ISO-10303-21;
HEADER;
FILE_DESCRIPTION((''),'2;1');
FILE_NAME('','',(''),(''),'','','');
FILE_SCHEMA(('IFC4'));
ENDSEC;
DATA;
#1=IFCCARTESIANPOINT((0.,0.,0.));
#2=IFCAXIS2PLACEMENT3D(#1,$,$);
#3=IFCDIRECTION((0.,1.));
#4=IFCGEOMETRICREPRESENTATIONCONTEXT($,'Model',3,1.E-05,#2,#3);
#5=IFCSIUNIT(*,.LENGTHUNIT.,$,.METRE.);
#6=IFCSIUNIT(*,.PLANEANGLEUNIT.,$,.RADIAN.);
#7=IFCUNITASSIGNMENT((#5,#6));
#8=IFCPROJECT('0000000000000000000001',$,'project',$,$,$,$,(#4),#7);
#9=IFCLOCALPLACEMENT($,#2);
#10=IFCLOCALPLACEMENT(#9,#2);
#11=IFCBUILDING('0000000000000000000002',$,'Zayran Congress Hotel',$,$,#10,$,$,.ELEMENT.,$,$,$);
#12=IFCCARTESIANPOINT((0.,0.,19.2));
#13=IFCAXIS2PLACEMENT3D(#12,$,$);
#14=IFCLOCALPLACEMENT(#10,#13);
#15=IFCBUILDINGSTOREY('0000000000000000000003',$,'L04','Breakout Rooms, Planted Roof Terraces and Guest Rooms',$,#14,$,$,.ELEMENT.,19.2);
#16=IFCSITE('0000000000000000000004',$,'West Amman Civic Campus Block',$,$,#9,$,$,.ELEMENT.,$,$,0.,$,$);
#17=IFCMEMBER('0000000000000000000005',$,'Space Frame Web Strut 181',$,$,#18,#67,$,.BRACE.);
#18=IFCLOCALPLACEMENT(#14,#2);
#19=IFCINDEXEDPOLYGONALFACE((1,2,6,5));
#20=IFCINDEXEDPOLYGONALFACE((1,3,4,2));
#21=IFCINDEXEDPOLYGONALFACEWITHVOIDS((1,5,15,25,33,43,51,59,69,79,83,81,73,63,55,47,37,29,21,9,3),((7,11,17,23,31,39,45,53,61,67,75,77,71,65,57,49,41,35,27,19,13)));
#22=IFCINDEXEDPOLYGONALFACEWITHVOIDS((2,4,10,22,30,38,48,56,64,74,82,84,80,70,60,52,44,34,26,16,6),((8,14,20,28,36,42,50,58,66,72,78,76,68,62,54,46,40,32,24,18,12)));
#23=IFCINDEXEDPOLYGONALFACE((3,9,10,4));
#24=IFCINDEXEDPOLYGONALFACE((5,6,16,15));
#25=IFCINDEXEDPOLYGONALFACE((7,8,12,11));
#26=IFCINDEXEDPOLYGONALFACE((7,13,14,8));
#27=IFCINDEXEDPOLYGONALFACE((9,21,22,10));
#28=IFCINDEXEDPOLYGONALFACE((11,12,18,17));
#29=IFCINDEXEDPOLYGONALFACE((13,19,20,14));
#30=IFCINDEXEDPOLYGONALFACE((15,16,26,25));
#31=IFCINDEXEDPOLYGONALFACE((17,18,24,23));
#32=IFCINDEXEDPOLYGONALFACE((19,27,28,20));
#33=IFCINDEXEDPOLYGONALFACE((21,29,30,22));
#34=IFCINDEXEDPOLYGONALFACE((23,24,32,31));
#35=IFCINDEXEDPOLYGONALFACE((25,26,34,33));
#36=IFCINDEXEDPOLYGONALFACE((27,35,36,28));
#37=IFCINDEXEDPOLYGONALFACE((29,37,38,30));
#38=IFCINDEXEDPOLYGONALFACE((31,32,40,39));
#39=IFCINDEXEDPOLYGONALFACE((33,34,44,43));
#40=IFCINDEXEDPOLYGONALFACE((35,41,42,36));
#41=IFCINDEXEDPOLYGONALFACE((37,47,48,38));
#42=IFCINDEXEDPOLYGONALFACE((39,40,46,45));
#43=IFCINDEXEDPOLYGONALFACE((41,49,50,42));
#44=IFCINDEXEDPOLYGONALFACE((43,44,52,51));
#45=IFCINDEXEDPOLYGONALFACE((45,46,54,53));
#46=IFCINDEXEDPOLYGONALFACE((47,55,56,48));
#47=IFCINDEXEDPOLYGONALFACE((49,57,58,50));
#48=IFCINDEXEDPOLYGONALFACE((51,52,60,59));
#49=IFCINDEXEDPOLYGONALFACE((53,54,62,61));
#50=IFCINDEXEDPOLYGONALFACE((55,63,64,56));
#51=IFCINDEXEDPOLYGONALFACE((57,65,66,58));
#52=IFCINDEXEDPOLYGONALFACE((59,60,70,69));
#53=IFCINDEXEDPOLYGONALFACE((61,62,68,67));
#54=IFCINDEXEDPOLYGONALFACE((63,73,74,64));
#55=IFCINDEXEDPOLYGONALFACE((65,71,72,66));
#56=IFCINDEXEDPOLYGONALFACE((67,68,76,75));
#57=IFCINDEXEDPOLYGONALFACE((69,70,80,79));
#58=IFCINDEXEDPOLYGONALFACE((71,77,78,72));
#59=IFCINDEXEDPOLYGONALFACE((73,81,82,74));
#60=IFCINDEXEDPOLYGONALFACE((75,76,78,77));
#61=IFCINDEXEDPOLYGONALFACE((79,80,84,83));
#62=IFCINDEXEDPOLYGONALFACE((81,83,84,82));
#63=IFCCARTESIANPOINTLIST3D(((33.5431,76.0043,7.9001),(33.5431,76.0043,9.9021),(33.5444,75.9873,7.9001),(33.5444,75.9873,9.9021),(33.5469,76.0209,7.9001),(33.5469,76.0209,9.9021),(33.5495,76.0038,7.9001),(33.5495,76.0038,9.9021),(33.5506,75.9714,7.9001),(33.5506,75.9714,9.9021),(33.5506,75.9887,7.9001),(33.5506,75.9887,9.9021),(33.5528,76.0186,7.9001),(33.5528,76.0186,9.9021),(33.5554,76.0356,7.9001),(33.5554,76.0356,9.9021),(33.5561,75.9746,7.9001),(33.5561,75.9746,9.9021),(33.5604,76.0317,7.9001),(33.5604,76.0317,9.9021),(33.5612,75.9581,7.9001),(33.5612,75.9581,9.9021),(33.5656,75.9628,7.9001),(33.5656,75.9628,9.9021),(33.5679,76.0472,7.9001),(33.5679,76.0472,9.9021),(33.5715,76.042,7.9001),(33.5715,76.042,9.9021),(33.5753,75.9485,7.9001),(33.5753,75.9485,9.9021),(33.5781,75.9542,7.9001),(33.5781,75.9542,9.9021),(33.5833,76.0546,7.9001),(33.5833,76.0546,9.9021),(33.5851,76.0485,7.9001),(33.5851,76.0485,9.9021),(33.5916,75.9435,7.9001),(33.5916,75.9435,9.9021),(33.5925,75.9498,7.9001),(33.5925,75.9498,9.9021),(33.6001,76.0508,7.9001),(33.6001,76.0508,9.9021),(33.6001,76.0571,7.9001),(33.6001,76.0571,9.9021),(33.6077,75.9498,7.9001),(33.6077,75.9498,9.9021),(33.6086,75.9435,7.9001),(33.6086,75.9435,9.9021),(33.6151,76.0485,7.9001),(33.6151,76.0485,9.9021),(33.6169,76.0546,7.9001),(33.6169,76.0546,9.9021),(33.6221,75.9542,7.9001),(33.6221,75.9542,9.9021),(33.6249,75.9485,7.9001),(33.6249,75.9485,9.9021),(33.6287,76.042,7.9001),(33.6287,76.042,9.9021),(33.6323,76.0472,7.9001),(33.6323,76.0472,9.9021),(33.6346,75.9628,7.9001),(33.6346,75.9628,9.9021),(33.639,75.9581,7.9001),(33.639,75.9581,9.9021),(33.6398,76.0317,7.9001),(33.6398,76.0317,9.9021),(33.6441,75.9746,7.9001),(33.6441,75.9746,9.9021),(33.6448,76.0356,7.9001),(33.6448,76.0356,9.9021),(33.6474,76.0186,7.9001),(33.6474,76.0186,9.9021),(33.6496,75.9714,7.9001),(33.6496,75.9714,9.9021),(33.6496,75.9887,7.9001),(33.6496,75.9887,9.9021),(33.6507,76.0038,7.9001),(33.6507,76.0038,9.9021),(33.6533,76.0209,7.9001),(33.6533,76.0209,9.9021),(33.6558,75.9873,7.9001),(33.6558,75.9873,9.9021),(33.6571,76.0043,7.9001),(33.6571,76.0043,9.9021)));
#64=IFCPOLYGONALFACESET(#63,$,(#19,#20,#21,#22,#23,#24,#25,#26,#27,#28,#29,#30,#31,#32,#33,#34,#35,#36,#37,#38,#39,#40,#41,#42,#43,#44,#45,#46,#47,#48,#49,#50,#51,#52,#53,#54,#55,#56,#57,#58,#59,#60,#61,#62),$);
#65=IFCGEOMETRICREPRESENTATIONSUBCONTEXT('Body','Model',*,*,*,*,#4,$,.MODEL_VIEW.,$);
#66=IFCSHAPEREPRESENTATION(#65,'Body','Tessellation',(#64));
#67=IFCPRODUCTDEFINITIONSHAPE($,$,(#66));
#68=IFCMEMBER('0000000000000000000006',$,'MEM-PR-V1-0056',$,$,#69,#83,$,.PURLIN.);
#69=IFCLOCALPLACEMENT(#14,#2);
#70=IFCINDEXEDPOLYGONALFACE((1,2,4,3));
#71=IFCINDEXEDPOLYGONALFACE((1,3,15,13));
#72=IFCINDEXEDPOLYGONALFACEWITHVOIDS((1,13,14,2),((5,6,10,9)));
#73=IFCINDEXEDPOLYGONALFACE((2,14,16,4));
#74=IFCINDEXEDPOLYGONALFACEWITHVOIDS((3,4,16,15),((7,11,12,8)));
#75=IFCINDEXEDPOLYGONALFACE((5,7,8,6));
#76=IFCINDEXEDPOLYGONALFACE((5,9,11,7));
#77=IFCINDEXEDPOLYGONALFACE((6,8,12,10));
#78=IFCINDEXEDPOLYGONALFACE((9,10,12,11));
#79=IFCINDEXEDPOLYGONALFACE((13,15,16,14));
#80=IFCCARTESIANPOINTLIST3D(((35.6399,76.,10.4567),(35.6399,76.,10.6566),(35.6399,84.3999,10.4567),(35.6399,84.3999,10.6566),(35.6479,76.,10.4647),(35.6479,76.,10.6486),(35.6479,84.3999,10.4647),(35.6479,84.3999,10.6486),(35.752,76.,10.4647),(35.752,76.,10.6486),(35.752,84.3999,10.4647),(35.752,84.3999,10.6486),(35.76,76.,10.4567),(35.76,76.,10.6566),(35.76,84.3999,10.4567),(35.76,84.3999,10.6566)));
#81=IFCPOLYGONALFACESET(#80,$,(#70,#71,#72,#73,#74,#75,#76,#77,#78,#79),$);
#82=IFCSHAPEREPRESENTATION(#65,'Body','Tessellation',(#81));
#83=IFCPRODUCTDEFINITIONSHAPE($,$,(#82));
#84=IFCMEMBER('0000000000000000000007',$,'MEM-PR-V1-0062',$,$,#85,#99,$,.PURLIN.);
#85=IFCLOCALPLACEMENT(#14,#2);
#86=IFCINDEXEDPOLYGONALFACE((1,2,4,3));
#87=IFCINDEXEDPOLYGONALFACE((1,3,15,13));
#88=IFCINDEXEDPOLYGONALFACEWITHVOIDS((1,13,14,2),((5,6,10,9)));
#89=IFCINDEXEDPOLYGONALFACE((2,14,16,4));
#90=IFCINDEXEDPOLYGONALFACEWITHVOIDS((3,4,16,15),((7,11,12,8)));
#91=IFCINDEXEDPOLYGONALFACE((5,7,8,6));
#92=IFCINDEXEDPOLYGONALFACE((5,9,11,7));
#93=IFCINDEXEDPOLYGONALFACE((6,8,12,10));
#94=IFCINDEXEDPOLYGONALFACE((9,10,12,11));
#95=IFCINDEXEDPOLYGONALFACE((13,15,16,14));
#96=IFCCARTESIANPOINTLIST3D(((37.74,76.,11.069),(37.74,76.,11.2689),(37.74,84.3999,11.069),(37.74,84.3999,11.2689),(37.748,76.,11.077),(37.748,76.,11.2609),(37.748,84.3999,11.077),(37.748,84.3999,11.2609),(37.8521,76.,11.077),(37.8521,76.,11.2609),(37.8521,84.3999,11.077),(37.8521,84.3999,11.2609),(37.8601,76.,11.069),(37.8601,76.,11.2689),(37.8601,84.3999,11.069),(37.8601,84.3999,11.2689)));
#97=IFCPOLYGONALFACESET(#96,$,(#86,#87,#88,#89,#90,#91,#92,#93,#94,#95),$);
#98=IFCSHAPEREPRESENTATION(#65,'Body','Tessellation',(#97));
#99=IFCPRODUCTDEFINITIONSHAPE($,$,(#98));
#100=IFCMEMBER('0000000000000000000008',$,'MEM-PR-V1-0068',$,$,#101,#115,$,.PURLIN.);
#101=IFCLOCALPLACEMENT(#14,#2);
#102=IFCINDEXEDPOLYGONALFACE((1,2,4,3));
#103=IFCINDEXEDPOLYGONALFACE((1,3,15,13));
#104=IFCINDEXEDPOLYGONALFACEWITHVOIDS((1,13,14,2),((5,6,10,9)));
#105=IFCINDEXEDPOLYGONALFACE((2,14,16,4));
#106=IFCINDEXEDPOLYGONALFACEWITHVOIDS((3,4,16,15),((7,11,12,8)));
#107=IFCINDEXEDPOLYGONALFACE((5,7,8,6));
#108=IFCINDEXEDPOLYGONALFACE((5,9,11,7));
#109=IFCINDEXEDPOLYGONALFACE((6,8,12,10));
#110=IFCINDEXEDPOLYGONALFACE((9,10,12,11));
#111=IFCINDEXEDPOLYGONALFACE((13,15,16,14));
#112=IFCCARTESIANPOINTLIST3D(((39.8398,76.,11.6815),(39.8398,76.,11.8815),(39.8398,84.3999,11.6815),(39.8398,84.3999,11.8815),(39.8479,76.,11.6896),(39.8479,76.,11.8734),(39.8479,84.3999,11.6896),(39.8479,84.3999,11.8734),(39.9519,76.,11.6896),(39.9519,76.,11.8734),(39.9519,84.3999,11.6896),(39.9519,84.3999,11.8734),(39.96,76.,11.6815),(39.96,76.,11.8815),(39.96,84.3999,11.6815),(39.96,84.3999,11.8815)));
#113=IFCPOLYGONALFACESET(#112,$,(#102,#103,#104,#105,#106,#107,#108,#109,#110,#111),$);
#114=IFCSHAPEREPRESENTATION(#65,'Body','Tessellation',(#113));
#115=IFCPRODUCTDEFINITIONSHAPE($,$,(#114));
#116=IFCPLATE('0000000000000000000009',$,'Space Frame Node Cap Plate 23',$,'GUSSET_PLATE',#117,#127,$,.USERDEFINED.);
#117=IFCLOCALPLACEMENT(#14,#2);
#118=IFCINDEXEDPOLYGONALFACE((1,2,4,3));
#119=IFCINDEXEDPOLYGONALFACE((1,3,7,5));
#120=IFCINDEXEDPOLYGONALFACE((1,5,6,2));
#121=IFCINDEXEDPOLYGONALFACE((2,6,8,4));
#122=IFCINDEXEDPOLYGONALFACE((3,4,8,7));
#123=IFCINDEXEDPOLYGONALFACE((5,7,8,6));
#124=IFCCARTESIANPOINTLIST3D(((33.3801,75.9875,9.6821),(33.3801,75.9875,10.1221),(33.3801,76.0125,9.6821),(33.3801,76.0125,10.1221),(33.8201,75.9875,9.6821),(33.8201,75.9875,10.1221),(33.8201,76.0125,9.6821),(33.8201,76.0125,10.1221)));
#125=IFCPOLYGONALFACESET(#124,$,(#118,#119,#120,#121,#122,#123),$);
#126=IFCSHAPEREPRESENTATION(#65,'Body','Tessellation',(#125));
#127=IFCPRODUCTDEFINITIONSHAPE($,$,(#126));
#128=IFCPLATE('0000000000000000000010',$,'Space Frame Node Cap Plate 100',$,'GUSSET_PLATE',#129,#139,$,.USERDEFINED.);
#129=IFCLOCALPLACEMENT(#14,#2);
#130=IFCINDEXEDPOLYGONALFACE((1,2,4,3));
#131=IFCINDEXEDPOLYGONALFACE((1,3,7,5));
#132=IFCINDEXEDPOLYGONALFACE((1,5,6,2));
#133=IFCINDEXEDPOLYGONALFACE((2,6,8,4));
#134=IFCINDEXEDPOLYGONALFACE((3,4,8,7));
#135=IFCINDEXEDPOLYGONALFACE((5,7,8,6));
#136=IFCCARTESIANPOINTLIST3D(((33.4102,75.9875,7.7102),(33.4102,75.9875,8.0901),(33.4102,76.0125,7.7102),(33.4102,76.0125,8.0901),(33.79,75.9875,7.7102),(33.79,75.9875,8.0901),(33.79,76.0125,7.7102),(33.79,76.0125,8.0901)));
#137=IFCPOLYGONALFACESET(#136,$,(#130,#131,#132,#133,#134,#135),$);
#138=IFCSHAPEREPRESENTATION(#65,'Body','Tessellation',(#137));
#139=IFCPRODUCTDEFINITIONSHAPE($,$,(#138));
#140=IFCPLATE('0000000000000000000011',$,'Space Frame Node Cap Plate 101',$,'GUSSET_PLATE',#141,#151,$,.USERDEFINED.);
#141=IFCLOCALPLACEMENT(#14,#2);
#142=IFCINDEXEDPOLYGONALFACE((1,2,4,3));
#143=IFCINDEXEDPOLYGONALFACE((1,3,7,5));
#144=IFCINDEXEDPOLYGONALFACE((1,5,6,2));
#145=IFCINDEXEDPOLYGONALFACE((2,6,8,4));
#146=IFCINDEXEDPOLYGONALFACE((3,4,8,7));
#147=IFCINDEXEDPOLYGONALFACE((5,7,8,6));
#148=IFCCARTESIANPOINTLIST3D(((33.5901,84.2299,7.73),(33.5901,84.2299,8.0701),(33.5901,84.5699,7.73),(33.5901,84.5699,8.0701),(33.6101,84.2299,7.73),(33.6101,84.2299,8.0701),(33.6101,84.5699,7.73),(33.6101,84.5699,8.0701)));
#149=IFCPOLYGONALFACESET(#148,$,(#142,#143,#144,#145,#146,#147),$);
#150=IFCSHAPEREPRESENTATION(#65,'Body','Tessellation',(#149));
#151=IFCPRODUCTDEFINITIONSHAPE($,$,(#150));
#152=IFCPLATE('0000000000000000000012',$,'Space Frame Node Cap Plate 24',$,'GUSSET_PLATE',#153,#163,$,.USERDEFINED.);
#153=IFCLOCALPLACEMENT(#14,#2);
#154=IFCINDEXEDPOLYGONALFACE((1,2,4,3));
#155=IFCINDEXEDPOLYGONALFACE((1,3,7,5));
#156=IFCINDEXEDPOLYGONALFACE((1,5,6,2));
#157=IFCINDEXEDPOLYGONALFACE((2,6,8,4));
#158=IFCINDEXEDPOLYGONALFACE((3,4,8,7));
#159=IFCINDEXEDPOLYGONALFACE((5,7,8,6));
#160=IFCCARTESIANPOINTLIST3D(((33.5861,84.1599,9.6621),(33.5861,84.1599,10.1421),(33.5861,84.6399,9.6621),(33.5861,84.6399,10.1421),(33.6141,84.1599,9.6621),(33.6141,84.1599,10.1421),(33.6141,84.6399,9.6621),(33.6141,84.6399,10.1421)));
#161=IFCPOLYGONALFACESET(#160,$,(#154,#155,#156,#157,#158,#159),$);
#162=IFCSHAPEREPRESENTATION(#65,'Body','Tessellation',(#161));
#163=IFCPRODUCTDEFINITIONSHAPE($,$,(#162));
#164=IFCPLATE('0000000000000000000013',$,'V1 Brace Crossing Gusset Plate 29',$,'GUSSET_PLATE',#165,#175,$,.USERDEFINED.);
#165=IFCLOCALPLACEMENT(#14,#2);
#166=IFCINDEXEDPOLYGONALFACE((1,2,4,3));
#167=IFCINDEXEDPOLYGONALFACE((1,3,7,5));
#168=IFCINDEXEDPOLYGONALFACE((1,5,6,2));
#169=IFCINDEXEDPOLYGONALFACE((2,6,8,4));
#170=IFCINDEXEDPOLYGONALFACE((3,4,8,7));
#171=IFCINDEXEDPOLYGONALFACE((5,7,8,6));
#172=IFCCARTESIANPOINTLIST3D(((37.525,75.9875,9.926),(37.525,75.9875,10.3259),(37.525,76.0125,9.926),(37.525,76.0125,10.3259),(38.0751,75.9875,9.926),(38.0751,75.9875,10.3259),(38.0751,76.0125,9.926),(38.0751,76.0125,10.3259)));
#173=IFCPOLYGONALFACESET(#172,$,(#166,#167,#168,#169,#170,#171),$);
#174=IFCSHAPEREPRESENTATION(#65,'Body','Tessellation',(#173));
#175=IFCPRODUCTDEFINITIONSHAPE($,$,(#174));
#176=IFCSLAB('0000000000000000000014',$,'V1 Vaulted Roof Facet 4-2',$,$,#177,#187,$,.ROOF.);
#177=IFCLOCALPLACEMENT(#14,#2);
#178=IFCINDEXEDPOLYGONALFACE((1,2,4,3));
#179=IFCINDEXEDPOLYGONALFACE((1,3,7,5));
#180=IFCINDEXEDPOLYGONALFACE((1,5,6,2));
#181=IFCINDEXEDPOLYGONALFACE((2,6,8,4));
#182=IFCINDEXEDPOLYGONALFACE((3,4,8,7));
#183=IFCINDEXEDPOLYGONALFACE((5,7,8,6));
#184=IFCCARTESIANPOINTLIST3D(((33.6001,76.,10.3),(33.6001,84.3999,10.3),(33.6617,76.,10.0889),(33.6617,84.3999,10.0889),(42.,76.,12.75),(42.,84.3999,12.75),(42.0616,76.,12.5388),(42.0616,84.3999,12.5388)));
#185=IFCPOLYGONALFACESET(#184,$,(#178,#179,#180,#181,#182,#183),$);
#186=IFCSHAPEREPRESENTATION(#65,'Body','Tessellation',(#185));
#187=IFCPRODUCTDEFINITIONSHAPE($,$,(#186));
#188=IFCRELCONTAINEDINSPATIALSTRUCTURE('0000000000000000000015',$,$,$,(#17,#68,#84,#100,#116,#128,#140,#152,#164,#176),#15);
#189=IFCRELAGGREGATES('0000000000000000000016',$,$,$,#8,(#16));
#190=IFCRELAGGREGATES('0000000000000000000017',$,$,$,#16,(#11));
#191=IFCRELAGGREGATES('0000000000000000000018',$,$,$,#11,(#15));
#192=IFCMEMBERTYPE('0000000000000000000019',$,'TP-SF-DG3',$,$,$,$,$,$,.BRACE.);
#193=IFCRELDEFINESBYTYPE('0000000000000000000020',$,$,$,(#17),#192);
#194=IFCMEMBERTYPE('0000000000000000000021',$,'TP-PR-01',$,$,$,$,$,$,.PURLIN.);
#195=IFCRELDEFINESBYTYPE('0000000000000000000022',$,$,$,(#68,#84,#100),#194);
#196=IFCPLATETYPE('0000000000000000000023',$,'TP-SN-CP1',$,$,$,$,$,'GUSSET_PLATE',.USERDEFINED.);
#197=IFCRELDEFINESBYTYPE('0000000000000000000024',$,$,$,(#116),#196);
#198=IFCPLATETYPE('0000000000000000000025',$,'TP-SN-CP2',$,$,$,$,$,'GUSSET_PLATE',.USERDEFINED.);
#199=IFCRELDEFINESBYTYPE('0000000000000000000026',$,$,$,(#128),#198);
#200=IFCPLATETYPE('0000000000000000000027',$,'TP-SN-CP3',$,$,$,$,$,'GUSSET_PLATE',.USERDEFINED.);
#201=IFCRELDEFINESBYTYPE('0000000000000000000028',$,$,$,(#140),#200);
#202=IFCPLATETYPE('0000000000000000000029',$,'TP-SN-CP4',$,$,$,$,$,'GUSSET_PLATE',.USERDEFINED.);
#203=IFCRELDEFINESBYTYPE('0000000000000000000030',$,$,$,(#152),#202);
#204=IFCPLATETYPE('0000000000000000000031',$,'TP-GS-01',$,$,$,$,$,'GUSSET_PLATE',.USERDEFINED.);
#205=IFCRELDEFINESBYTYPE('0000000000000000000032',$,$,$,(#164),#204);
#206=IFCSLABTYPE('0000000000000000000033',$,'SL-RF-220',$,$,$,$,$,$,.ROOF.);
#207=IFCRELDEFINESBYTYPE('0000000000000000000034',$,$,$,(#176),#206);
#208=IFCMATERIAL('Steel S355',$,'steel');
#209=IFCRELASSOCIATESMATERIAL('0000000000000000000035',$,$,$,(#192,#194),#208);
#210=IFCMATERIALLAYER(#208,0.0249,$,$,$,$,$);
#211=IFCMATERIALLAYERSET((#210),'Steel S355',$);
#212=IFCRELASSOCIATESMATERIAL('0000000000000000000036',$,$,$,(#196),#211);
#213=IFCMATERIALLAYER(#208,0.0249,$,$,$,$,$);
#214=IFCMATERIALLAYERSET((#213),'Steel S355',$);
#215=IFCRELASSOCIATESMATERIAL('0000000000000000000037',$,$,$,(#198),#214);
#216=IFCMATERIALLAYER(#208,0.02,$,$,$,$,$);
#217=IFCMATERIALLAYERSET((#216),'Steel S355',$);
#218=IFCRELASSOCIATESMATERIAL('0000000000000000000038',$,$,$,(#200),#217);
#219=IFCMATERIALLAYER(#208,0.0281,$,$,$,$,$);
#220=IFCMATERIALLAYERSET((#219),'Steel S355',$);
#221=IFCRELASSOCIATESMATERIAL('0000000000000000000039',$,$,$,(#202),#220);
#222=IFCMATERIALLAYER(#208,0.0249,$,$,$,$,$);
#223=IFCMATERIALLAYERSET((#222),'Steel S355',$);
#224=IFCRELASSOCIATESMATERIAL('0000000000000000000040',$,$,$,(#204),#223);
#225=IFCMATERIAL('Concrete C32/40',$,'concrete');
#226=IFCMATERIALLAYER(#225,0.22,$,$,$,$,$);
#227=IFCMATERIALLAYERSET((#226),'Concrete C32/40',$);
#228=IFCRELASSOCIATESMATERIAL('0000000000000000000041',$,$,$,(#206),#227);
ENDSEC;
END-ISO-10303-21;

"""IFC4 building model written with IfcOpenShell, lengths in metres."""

from ifc_helpers import new_model, si_unit, direction, frame, origin, origin_2d, place, context, subcontext, project, spatial, polyline, rectangle, hollow_rectangle, hollow_circle, outline, extrude, material, layer, layer_set, material_profile, profile_set, type_object, element, save


model = new_model("IFC4")

# Units and contexts
model_context = context("Model", 3, precision=1e-05, world=origin(), true_north=direction((0.0, 1.0)))
body_context = subcontext(model_context, "Body", "Model", "MODEL_VIEW")
ifc_project = project(units=[si_unit("LENGTHUNIT", "METRE"), si_unit("PLANEANGLEUNIT", "RADIAN")], contexts=[model_context])

# Site, building, storey
site_placement = place(None, origin())
site = spatial("IfcSite", under=ifc_project, at=site_placement, Name="West Amman Civic Campus Block", CompositionType="ELEMENT", RefElevation=0.0)
building_placement = place(site_placement, origin())
building = spatial("IfcBuilding", under=site, at=building_placement, Name="Zayran Congress Hotel", CompositionType="ELEMENT")
storey_placement = place(building_placement, frame((0.0, 0.0, 19.2)))
storey = spatial("IfcBuildingStorey", under=building, at=storey_placement, Name="L04", Description="Breakout Rooms, Planted Roof Terraces and Guest Rooms", CompositionType="ELEMENT", Elevation=19.2)

# Members
ifc_material_1 = material(Name="Steel S355", Category="steel")
ifc_material_profile_1 = material_profile(ifc_material_1, hollow_circle(Radius=0.0571, WallThickness=0.0063, at=origin_2d()), Name="CHS 114.3x6.3")
ifc_profile_set_1 = profile_set([ifc_material_profile_1], Name="Steel S355")
member_type_1 = type_object("IfcMemberType", Name="TP-SF-DG3", PredefinedType="BRACE", material=ifc_profile_set_1)
member_1_placement = place(storey_placement, frame((33.6001, 76.0, 7.9001), z_axis=(0.0, 0.0, 1.0), x_axis=(0.0, 1.0, 0.0)))
element("IfcMember", 1, at=member_1_placement, inside=storey, type_object=member_type_1, Name="Space Frame Web Strut 181", PredefinedType="BRACE", context=body_context, shape_type="SweptSolid", body=[
    extrude(hollow_circle(Radius=0.0571, WallThickness=0.0063, at=origin_2d()), origin(), (0.0, 0.0, 1.0), 2.002),
])
ifc_material_profile_2 = material_profile(ifc_material_1, hollow_rectangle(XDim=0.1201, YDim=0.2, WallThickness=0.0081, at=origin_2d()), Name="RHS 200x120x8")
ifc_profile_set_2 = profile_set([ifc_material_profile_2], Name="Steel S355")
member_type_2 = type_object("IfcMemberType", Name="TP-PR-01", PredefinedType="PURLIN", material=ifc_profile_set_2)
for number, where, z_axis, x_axis, name in (
    (2, (35.7, 76.0, 10.5566), (0.0, 1.0, 0.0), (-1.0, 0.0, 0.0), "MEM-PR-V1-0056"),
    (3, (37.8, 76.0, 11.1689), (0.0, 1.0, 0.0), (-1.0, 0.0, 0.0), "MEM-PR-V1-0062"),
    (4, (39.8999, 76.0, 11.7815), (0.0, 1.0, 0.0), (-1.0, 0.0, 0.0), "MEM-PR-V1-0068"),
):
    element("IfcMember", number, at=place(storey_placement, frame(where, z_axis=z_axis, x_axis=x_axis)), inside=storey, type_object=member_type_2, Name=name, PredefinedType="PURLIN", context=body_context, shape_type="SweptSolid", body=[
        extrude(hollow_rectangle(XDim=0.1201, YDim=0.2, WallThickness=0.0081, at=origin_2d()), origin(), (0.0, 0.0, 1.0), 8.3999),
    ])

# Plates
ifc_layer_1 = layer(ifc_material_1, 0.0249)
ifc_layer_set_1 = layer_set([ifc_layer_1], Name="Steel S355")
plate_type_1 = type_object("IfcPlateType", Name="TP-SN-CP1", ElementType="GUSSET_PLATE", PredefinedType="USERDEFINED", material=ifc_layer_set_1)
plate_1_placement = place(storey_placement, frame((33.6001, 76.0, 9.6821), z_axis=(0.0, 0.0, 1.0), x_axis=(1.0, 0.0, 0.0)))
element("IfcPlate", 5, at=plate_1_placement, inside=storey, type_object=plate_type_1, Name="Space Frame Node Cap Plate 23", ObjectType="GUSSET_PLATE", PredefinedType="USERDEFINED", context=body_context, shape_type="SweptSolid", body=[
    extrude(rectangle(XDim=0.4399, YDim=0.0249, at=origin_2d()), origin(), (0.0, 0.0, 1.0), 0.4399),
])
ifc_layer_2 = layer(ifc_material_1, 0.0249)
ifc_layer_set_2 = layer_set([ifc_layer_2], Name="Steel S355")
plate_type_2 = type_object("IfcPlateType", Name="TP-SN-CP2", ElementType="GUSSET_PLATE", PredefinedType="USERDEFINED", material=ifc_layer_set_2)
plate_2_placement = place(storey_placement, frame((33.6001, 76.0, 7.7102), z_axis=(0.0, 0.0, 1.0), x_axis=(1.0, 0.0, 0.0)))
element("IfcPlate", 6, at=plate_2_placement, inside=storey, type_object=plate_type_2, Name="Space Frame Node Cap Plate 100", ObjectType="GUSSET_PLATE", PredefinedType="USERDEFINED", context=body_context, shape_type="SweptSolid", body=[
    extrude(rectangle(XDim=0.3799, YDim=0.0249, at=origin_2d()), origin(), (0.0, 0.0, 1.0), 0.3799),
])
ifc_layer_3 = layer(ifc_material_1, 0.02)
ifc_layer_set_3 = layer_set([ifc_layer_3], Name="Steel S355")
plate_type_3 = type_object("IfcPlateType", Name="TP-SN-CP3", ElementType="GUSSET_PLATE", PredefinedType="USERDEFINED", material=ifc_layer_set_3)
plate_3_placement = place(storey_placement, frame((33.6001, 84.3999, 7.73), z_axis=(0.0, 0.0, 1.0), x_axis=(0.0, 1.0, 0.0)))
element("IfcPlate", 7, at=plate_3_placement, inside=storey, type_object=plate_type_3, Name="Space Frame Node Cap Plate 101", ObjectType="GUSSET_PLATE", PredefinedType="USERDEFINED", context=body_context, shape_type="SweptSolid", body=[
    extrude(rectangle(XDim=0.3401, YDim=0.02, at=origin_2d()), origin(), (0.0, 0.0, 1.0), 0.3401),
])
ifc_layer_4 = layer(ifc_material_1, 0.0281)
ifc_layer_set_4 = layer_set([ifc_layer_4], Name="Steel S355")
plate_type_4 = type_object("IfcPlateType", Name="TP-SN-CP4", ElementType="GUSSET_PLATE", PredefinedType="USERDEFINED", material=ifc_layer_set_4)
plate_4_placement = place(storey_placement, frame((33.6001, 84.3999, 9.6621), z_axis=(0.0, 0.0, 1.0), x_axis=(0.0, 1.0, 0.0)))
element("IfcPlate", 8, at=plate_4_placement, inside=storey, type_object=plate_type_4, Name="Space Frame Node Cap Plate 24", ObjectType="GUSSET_PLATE", PredefinedType="USERDEFINED", context=body_context, shape_type="SweptSolid", body=[
    extrude(rectangle(XDim=0.48, YDim=0.0281, at=origin_2d()), origin(), (0.0, 0.0, 1.0), 0.48),
])
ifc_layer_5 = layer(ifc_material_1, 0.0249)
ifc_layer_set_5 = layer_set([ifc_layer_5], Name="Steel S355")
plate_type_5 = type_object("IfcPlateType", Name="TP-GS-01", ElementType="GUSSET_PLATE", PredefinedType="USERDEFINED", material=ifc_layer_set_5)
plate_5_placement = place(storey_placement, frame((37.8, 76.0, 9.926), z_axis=(0.0, 0.0, 1.0), x_axis=(1.0, 0.0, 0.0)))
element("IfcPlate", 9, at=plate_5_placement, inside=storey, type_object=plate_type_5, Name="V1 Brace Crossing Gusset Plate 29", ObjectType="GUSSET_PLATE", PredefinedType="USERDEFINED", context=body_context, shape_type="SweptSolid", body=[
    extrude(rectangle(XDim=0.55, YDim=0.0249, at=origin_2d()), origin(), (0.0, 0.0, 1.0), 0.3999),
])

# Slab
ifc_material_2 = material(Name="Concrete C32/40", Category="concrete")
ifc_layer_6 = layer(ifc_material_2, 0.22)
ifc_layer_set_6 = layer_set([ifc_layer_6], Name="Concrete C32/40")
slab_type = type_object("IfcSlabType", Name="SL-RF-220", PredefinedType="ROOF", material=ifc_layer_set_6)
slab_1_placement = place(storey_placement, frame((33.6001, 76.0, 10.3), z_axis=(-0.279998, 0.0, 0.960001), x_axis=(0.960001, 0.0, 0.279998)))
element("IfcSlab", 10, at=slab_1_placement, inside=storey, type_object=slab_type, Name="V1 Vaulted Roof Facet 4-2", PredefinedType="ROOF", context=body_context, shape_type="SweptSolid", body=[
    extrude(outline(polyline([(0.0, 0.0), (8.7499, 0.0), (8.7499, 8.3999), (0.0, 8.3999), (0.0, 0.0)])), origin(), (0.0, 0.0, -1.0), 0.22),
])

save(model, "model.ifc")
